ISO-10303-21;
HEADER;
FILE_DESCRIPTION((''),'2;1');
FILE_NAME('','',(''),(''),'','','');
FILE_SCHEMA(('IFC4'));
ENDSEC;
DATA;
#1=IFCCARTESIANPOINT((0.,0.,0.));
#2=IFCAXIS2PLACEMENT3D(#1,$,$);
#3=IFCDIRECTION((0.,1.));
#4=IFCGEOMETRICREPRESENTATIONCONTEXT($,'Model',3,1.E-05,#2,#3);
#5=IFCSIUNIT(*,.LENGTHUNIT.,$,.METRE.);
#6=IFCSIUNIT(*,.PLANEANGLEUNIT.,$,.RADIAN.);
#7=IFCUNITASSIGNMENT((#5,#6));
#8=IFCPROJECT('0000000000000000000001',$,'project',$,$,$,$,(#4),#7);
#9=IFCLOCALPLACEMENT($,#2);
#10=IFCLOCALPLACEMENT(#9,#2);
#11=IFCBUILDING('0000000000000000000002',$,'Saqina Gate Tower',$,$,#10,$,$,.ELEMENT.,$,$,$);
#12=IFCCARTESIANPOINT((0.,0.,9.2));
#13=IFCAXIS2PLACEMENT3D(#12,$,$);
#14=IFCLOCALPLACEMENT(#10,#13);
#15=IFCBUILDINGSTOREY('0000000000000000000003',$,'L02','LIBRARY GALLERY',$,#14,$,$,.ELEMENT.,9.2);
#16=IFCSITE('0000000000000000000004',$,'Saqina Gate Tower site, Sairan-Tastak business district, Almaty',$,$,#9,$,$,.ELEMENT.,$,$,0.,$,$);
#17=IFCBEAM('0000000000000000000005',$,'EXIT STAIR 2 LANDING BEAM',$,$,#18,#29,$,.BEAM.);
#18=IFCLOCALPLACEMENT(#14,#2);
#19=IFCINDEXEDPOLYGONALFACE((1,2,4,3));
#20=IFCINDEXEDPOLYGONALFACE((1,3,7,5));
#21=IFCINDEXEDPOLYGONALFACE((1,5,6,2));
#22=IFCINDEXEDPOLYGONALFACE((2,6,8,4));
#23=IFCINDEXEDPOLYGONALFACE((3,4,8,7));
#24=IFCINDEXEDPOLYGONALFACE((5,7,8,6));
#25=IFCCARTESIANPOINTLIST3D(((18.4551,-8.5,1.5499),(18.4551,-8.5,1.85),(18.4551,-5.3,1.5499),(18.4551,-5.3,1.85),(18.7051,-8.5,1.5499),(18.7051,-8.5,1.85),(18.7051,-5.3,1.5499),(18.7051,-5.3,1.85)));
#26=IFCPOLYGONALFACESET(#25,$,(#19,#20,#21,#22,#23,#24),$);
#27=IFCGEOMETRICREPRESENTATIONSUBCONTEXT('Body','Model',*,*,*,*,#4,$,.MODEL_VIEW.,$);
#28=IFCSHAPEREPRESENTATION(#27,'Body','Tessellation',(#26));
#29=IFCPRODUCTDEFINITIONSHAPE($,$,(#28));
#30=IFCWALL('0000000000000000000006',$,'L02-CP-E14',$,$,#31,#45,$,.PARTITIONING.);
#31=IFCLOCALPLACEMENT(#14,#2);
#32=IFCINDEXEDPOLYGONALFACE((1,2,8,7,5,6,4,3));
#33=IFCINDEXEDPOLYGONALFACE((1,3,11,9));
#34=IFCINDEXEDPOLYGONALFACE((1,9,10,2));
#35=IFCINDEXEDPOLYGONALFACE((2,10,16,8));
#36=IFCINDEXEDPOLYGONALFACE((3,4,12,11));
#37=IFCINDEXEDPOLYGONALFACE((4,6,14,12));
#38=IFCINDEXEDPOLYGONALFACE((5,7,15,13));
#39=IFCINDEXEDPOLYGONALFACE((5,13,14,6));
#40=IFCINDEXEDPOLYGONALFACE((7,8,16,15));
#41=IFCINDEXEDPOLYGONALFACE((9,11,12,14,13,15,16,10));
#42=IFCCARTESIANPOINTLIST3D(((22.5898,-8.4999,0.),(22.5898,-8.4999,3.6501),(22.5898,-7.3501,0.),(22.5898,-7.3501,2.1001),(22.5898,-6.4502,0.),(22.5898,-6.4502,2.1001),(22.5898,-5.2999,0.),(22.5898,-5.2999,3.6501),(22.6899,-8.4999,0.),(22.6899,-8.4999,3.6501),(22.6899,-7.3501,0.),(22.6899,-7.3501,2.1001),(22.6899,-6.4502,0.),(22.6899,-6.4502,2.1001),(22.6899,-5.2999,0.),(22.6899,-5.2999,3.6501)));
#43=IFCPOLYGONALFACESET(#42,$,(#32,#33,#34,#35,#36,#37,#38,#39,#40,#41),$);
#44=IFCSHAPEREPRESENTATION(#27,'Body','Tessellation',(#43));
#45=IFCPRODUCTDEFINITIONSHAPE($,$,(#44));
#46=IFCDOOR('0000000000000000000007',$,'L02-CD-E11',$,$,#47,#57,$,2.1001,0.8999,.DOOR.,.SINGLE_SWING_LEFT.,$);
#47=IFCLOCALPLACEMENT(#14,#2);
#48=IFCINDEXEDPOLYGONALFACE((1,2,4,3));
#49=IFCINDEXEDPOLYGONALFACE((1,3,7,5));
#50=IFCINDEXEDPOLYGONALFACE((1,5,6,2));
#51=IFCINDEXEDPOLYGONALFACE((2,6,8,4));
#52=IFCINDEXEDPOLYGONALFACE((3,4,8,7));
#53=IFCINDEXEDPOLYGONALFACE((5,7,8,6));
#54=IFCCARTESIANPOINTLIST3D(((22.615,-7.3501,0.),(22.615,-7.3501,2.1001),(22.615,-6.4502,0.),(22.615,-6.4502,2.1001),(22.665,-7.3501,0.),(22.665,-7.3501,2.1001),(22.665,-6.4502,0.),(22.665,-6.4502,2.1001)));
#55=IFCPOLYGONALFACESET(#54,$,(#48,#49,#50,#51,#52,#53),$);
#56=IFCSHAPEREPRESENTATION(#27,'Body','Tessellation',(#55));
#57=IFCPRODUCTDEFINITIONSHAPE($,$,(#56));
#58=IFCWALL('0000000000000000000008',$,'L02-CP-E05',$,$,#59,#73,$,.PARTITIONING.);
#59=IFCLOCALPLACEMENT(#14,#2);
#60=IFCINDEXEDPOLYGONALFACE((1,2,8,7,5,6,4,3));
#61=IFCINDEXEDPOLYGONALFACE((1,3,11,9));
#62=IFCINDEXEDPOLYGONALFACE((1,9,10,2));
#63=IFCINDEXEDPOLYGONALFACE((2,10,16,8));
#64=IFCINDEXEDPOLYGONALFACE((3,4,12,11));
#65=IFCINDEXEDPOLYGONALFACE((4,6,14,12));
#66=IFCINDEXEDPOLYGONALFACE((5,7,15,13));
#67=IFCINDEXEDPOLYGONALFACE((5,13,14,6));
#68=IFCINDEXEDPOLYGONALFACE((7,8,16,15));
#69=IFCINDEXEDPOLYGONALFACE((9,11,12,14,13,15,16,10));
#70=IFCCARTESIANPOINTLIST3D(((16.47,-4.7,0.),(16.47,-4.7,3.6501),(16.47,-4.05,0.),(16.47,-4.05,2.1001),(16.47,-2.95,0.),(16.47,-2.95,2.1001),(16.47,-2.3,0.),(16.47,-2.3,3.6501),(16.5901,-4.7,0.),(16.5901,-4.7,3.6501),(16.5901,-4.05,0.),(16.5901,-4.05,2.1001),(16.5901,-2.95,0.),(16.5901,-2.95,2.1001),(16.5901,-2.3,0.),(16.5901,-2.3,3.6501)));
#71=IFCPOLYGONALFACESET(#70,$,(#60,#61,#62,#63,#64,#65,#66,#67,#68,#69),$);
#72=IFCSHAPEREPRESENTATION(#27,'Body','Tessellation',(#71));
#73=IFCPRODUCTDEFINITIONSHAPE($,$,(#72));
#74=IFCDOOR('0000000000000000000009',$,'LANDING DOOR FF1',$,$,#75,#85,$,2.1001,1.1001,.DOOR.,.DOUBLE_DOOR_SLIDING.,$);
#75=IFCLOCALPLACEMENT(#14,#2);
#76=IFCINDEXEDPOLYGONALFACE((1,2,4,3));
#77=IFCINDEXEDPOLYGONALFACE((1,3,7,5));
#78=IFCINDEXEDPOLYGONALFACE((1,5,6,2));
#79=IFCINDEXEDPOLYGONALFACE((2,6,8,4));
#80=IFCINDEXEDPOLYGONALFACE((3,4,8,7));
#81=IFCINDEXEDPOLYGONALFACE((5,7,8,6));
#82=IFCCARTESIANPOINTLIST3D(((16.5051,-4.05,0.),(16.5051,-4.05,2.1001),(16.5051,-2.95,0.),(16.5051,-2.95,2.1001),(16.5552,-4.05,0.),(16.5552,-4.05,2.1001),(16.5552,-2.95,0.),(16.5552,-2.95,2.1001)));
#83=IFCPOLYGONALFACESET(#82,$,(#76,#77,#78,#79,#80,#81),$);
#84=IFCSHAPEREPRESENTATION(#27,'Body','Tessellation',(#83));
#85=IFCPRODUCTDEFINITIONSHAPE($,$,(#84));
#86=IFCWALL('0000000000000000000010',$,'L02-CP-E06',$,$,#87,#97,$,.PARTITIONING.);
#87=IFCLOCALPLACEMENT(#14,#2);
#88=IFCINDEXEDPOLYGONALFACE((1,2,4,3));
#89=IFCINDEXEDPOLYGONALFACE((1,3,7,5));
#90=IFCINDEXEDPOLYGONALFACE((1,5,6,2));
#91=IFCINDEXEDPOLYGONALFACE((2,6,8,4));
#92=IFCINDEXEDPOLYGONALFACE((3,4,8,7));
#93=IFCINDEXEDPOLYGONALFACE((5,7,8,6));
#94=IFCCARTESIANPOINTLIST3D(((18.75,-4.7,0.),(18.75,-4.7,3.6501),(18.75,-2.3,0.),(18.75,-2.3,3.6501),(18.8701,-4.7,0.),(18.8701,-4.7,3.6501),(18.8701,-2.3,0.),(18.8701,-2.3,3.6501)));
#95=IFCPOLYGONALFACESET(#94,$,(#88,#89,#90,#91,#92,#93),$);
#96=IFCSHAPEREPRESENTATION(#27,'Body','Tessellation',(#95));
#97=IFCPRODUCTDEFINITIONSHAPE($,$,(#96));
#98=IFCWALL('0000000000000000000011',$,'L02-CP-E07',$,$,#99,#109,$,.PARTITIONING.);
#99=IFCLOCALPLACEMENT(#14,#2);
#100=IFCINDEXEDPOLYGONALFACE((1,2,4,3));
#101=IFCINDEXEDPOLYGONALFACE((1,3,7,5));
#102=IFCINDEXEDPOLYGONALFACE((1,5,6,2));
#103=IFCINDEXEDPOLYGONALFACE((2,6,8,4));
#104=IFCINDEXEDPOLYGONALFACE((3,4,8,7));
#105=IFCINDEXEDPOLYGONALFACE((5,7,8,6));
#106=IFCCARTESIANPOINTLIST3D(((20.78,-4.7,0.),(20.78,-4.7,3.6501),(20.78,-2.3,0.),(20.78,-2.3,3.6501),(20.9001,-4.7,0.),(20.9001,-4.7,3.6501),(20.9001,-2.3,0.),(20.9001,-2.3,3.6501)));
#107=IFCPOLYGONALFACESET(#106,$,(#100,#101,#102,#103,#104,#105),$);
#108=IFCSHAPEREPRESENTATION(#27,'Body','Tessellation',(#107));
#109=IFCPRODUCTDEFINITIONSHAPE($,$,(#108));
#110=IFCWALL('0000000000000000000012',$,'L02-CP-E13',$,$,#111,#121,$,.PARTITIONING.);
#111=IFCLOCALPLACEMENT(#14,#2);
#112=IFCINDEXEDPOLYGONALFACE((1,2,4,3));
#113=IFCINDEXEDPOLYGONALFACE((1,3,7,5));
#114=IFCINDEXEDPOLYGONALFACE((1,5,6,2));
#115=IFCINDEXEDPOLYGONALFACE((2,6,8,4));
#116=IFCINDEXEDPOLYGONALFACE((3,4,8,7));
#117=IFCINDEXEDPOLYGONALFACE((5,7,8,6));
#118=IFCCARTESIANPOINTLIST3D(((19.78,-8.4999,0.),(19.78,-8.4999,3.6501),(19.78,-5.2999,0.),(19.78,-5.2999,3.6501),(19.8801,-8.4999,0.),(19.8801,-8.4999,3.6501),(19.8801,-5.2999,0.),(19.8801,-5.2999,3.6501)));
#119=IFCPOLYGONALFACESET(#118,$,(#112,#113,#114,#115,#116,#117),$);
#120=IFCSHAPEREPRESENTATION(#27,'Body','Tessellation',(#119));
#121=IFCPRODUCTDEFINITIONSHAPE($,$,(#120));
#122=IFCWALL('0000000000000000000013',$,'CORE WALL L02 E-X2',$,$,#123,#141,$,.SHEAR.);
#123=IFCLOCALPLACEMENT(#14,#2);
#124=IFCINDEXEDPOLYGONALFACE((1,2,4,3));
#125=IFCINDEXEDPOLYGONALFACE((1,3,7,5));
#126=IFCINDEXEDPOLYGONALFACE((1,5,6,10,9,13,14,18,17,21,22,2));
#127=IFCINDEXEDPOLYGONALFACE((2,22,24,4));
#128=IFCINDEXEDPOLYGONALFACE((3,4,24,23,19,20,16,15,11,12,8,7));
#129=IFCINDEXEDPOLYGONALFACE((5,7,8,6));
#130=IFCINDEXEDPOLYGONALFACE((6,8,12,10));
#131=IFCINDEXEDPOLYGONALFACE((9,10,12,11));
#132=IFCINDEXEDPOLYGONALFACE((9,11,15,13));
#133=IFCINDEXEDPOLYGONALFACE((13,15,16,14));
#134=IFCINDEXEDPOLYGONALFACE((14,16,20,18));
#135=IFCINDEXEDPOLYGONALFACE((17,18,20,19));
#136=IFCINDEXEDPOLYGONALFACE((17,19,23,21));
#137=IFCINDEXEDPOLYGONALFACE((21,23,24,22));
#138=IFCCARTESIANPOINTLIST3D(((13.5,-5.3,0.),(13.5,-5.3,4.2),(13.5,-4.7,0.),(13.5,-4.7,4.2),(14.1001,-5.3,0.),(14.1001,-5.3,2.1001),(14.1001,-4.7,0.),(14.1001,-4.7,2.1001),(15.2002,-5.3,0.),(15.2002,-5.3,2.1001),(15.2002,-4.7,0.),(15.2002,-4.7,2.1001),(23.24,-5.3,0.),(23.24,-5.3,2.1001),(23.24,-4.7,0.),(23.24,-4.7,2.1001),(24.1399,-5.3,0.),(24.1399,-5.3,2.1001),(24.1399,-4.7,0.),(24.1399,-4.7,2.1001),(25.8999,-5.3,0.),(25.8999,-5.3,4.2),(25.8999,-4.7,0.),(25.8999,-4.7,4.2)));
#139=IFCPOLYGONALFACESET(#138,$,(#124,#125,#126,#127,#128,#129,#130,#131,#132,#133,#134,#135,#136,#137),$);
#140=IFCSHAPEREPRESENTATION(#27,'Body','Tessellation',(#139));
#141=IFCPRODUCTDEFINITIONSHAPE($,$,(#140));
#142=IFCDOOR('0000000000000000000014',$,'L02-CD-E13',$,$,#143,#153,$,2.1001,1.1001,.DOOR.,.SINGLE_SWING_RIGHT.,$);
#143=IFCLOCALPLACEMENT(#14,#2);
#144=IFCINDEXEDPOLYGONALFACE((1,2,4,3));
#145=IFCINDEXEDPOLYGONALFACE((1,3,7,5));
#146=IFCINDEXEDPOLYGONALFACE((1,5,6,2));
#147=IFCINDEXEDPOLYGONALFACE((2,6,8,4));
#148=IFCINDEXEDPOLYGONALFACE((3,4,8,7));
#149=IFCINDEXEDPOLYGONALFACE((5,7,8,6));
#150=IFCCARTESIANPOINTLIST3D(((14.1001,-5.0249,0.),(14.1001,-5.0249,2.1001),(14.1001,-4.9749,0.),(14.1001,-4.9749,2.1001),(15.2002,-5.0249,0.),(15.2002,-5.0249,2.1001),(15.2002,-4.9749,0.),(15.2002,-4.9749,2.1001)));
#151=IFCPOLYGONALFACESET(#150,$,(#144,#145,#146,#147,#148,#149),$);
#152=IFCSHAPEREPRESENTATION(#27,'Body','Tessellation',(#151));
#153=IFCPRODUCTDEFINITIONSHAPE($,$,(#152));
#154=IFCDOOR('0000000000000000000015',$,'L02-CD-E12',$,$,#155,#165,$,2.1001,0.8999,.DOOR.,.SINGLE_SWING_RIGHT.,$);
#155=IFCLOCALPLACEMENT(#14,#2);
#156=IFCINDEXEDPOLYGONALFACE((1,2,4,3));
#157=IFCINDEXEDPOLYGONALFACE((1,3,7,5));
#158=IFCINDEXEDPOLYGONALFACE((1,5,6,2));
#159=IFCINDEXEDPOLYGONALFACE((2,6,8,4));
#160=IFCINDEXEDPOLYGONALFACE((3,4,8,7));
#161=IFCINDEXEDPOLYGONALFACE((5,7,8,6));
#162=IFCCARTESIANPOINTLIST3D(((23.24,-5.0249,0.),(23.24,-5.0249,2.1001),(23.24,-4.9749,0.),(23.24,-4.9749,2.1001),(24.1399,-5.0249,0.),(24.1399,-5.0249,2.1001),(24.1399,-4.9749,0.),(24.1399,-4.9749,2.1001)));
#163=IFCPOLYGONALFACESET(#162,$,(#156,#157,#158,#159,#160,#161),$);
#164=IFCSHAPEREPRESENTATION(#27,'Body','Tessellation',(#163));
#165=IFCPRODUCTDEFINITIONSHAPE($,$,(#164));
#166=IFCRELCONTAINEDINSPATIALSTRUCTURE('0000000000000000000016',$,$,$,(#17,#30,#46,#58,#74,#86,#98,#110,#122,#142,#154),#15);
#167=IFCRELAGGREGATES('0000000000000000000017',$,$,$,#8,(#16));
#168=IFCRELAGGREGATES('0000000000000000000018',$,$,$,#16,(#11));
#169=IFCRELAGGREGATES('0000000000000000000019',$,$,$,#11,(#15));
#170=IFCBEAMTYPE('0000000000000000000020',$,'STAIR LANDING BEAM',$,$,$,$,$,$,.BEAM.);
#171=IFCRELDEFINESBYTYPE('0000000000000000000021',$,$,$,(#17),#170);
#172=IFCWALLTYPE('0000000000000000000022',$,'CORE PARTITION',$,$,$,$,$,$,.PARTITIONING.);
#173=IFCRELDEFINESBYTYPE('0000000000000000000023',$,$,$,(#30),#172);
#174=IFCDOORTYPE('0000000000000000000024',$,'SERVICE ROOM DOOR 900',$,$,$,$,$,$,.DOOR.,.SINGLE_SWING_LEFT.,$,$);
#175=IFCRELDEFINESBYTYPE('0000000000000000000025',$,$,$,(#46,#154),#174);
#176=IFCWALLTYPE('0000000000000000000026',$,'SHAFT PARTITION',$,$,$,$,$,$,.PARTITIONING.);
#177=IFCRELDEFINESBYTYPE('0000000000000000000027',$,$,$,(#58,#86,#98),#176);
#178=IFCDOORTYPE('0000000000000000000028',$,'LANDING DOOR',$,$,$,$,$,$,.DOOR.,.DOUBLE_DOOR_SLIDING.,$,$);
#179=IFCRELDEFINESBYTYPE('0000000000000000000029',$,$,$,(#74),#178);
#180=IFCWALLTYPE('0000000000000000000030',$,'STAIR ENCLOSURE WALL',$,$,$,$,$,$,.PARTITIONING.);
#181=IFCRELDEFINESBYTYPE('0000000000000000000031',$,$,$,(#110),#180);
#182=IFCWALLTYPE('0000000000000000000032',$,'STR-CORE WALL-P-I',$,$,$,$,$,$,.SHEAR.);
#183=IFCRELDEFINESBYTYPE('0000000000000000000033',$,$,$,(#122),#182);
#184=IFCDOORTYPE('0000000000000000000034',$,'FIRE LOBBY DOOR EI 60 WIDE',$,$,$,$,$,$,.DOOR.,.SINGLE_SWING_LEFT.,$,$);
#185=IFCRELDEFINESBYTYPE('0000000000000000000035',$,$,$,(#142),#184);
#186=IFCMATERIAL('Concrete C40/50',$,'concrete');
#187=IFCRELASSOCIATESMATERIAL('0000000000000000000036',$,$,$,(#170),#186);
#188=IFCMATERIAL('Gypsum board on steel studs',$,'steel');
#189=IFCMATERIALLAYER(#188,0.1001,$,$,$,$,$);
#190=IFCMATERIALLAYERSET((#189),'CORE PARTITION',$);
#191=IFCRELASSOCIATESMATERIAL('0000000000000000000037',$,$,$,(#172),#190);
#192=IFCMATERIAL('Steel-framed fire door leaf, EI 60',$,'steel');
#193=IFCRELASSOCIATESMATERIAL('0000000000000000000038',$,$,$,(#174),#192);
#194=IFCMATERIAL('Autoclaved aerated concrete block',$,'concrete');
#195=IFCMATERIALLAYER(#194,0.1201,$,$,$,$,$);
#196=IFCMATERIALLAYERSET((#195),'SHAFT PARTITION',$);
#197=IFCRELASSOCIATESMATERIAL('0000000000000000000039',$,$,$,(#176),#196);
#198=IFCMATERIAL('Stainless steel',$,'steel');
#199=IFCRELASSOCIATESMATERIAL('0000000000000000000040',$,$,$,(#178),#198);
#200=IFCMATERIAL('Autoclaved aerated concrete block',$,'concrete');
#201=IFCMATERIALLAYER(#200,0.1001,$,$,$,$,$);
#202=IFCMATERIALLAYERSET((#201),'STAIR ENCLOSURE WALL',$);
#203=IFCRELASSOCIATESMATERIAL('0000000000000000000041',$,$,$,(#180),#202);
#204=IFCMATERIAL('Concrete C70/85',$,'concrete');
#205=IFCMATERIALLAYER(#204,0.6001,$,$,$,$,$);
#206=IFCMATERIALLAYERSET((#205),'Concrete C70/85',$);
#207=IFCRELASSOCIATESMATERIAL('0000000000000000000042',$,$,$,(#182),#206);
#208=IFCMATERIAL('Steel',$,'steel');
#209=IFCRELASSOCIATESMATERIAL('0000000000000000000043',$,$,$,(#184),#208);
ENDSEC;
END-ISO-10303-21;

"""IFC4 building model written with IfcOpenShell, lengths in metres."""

from ifc_helpers import new_model, si_unit, direction, frame, frame_2d, origin, origin_2d, place, context, subcontext, project, spatial, rectangle, extrude, material, layer, layer_set, material_profile, profile_set, type_object, element, fill, save


model = new_model("IFC4")

# Units and contexts
model_context = context("Model", 3, precision=1e-05, world=origin(), true_north=direction((0.0, 1.0)))
body_context = subcontext(model_context, "Body", "Model", "MODEL_VIEW")
ifc_project = project(units=[si_unit("LENGTHUNIT", "METRE"), si_unit("PLANEANGLEUNIT", "RADIAN")], contexts=[model_context])

# Site, building, storey
site_placement = place(None, origin())
site = spatial("IfcSite", under=ifc_project, at=site_placement, Name="Saqina Gate Tower site, Sairan-Tastak business district, Almaty", CompositionType="ELEMENT", RefElevation=0.0)
building_placement = place(site_placement, origin())
building = spatial("IfcBuilding", under=site, at=building_placement, Name="Saqina Gate Tower", CompositionType="ELEMENT")
storey_placement = place(building_placement, frame((0.0, 0.0, 9.2)))
storey = spatial("IfcBuildingStorey", under=building, at=storey_placement, Name="L02", Description="LIBRARY GALLERY", CompositionType="ELEMENT", Elevation=9.2)

# Beam
ifc_material_1 = material(Name="Concrete C40/50", Category="concrete")
ifc_material_profile = material_profile(ifc_material_1, rectangle(XDim=0.25, YDim=0.3, at=origin_2d()), Name="STAIR LANDING BEAM")
ifc_profile_set = profile_set([ifc_material_profile], Name="Concrete C40/50")
beam_type = type_object("IfcBeamType", Name="STAIR LANDING BEAM", PredefinedType="BEAM", material=ifc_profile_set)
beam_placement = place(storey_placement, frame((18.5801, -8.5, 1.7), z_axis=(0.0, 1.0, 0.0), x_axis=(-1.0, 0.0, 0.0)))
element("IfcBeam", 1, at=beam_placement, inside=storey, type_object=beam_type, Name="EXIT STAIR 2 LANDING BEAM", PredefinedType="BEAM", context=body_context, shape_type="SweptSolid", body=[
    extrude(rectangle(XDim=0.25, YDim=0.3, at=origin_2d()), origin(), (0.0, 0.0, 1.0), 3.2),
])

# Walls, openings, doors
ifc_material_2 = material(Name="Gypsum board on steel studs", Category="steel")
ifc_layer_1 = layer(ifc_material_2, 0.1001)
ifc_layer_set_1 = layer_set([ifc_layer_1], Name="CORE PARTITION")
wall_type_1 = type_object("IfcWallType", Name="CORE PARTITION", PredefinedType="PARTITIONING", material=ifc_layer_set_1)
wall_1_placement = place(storey_placement, frame((22.6399, -8.5, 0.0), z_axis=(0.0, 0.0, 1.0), x_axis=(0.0, 1.0, 0.0)))
wall_1 = element("IfcWall", 2, at=wall_1_placement, inside=storey, type_object=wall_type_1, Name="L02-CP-E14", PredefinedType="PARTITIONING", context=body_context, shape_type="SweptSolid", body=[
    extrude(rectangle(XDim=3.2, YDim=0.1001, at=frame_2d((1.6001, 0.0))), origin(), (0.0, 0.0, 1.0), 3.6501),
])
opening_1_placement = place(wall_1_placement, frame((1.1499, 0.0, 0.0)))
opening_1 = element("IfcOpeningElement", 3, at=opening_1_placement, cuts=wall_1, PredefinedType="OPENING", context=body_context, shape_type="SweptSolid", body=[
    extrude(rectangle(XDim=0.8999, YDim=2.1001, at=frame_2d((0.45, 1.05))), frame((0.0, 0.062, 0.0), z_axis=(0.0, -1.0, 0.0), x_axis=(1.0, 0.0, 0.0)), (0.0, 0.0, 1.0), 0.124),
])
ifc_material_3 = material(Name="Steel-framed fire door leaf, EI 60", Category="steel")
door_type_1 = type_object("IfcDoorType", Name="SERVICE ROOM DOOR 900", OperationType="SINGLE_SWING_LEFT", PredefinedType="DOOR", material=ifc_material_3)
door_1_placement = place(opening_1_placement, origin())
door_1 = element("IfcDoor", 4, at=door_1_placement, inside=storey, type_object=door_type_1, Name="L02-CD-E11", OperationType="SINGLE_SWING_LEFT", OverallHeight=2.1001, OverallWidth=0.8999, PredefinedType="DOOR", context=body_context, shape_type="SweptSolid", body=[
    extrude(rectangle(XDim=0.8999, YDim=2.1001, at=frame_2d((0.45, 1.05))), frame((0.0, 0.0249, 0.0), z_axis=(0.0, -1.0, 0.0), x_axis=(1.0, 0.0, 0.0)), (0.0, 0.0, 1.0), 0.05),
])
fill(opening_1, door_1)
ifc_material_4 = material(Name="Autoclaved aerated concrete block", Category="concrete")
ifc_layer_2 = layer(ifc_material_4, 0.1201)
ifc_layer_set_2 = layer_set([ifc_layer_2], Name="SHAFT PARTITION")
wall_type_2 = type_object("IfcWallType", Name="SHAFT PARTITION", PredefinedType="PARTITIONING", material=ifc_layer_set_2)
wall_2_placement = place(storey_placement, frame((16.53, -4.7, 0.0), z_axis=(0.0, 0.0, 1.0), x_axis=(0.0, 1.0, 0.0)))
wall_2 = element("IfcWall", 5, at=wall_2_placement, inside=storey, type_object=wall_type_2, Name="L02-CP-E05", PredefinedType="PARTITIONING", context=body_context, shape_type="SweptSolid", body=[
    extrude(rectangle(XDim=2.3999, YDim=0.1201, at=frame_2d((1.2, 0.0))), origin(), (0.0, 0.0, 1.0), 3.6501),
])
opening_2_placement = place(wall_2_placement, frame((0.6499, 0.0, 0.0)))
opening_2 = element("IfcOpeningElement", 6, at=opening_2_placement, cuts=wall_2, PredefinedType="OPENING", context=body_context, shape_type="SweptSolid", body=[
    extrude(rectangle(XDim=1.1001, YDim=2.1001, at=frame_2d((0.55, 1.05))), frame((0.0, 0.072, 0.0), z_axis=(0.0, -1.0, 0.0), x_axis=(1.0, 0.0, 0.0)), (0.0, 0.0, 1.0), 0.144),
])
ifc_material_5 = material(Name="Stainless steel", Category="steel")
door_type_2 = type_object("IfcDoorType", Name="LANDING DOOR", OperationType="DOUBLE_DOOR_SLIDING", PredefinedType="DOOR", material=ifc_material_5)
door_2_placement = place(opening_2_placement, origin())
door_2 = element("IfcDoor", 7, at=door_2_placement, inside=storey, type_object=door_type_2, Name="LANDING DOOR FF1", OperationType="DOUBLE_DOOR_SLIDING", OverallHeight=2.1001, OverallWidth=1.1001, PredefinedType="DOOR", context=body_context, shape_type="SweptSolid", body=[
    extrude(rectangle(XDim=1.1001, YDim=2.1001, at=frame_2d((0.55, 1.05))), frame((0.0, 0.0249, 0.0), z_axis=(0.0, -1.0, 0.0), x_axis=(1.0, 0.0, 0.0)), (0.0, 0.0, 1.0), 0.05),
])
fill(opening_2, door_2)

# Walls
for number, where, z_axis, x_axis, name in (
    (8, (18.8101, -4.7, 0.0), (0.0, 0.0, 1.0), (0.0, 1.0, 0.0), "L02-CP-E06"),
    (9, (20.8401, -4.7, 0.0), (0.0, 0.0, 1.0), (0.0, 1.0, 0.0), "L02-CP-E07"),
):
    element("IfcWall", number, at=place(storey_placement, frame(where, z_axis=z_axis, x_axis=x_axis)), inside=storey, type_object=wall_type_2, Name=name, PredefinedType="PARTITIONING", context=body_context, shape_type="SweptSolid", body=[
        extrude(rectangle(XDim=2.3999, YDim=0.1201, at=frame_2d((1.2, 0.0))), origin(), (0.0, 0.0, 1.0), 3.6501),
    ])
ifc_material_6 = material(Name="Autoclaved aerated concrete block", Category="concrete")
ifc_layer_3 = layer(ifc_material_6, 0.1001)
ifc_layer_set_3 = layer_set([ifc_layer_3], Name="STAIR ENCLOSURE WALL")
wall_type_3 = type_object("IfcWallType", Name="STAIR ENCLOSURE WALL", PredefinedType="PARTITIONING", material=ifc_layer_set_3)
wall_3_placement = place(storey_placement, frame((19.8301, -8.5, 0.0), z_axis=(0.0, 0.0, 1.0), x_axis=(0.0, 1.0, 0.0)))
element("IfcWall", 10, at=wall_3_placement, inside=storey, type_object=wall_type_3, Name="L02-CP-E13", PredefinedType="PARTITIONING", context=body_context, shape_type="SweptSolid", body=[
    extrude(rectangle(XDim=3.2, YDim=0.1001, at=frame_2d((1.6001, 0.0))), origin(), (0.0, 0.0, 1.0), 3.6501),
])

# Wall, openings, doors
ifc_material_7 = material(Name="Concrete C70/85", Category="concrete")
ifc_layer_4 = layer(ifc_material_7, 0.6001)
ifc_layer_set_4 = layer_set([ifc_layer_4], Name="Concrete C70/85")
wall_type_4 = type_object("IfcWallType", Name="STR-CORE WALL-P-I", PredefinedType="SHEAR", material=ifc_layer_set_4)
wall_4_placement = place(storey_placement, frame((13.5, -5.0, 0.0), z_axis=(0.0, 0.0, 1.0), x_axis=(1.0, 0.0, 0.0)))
wall_4 = element("IfcWall", 11, at=wall_4_placement, inside=storey, type_object=wall_type_4, Name="CORE WALL L02 E-X2", PredefinedType="SHEAR", context=body_context, shape_type="SweptSolid", body=[
    extrude(rectangle(XDim=12.3999, YDim=0.6001, at=frame_2d((6.2, 0.0))), origin(), (0.0, 0.0, 1.0), 4.2),
])
opening_3_placement = place(wall_4_placement, frame((9.74, 0.0, 0.0)))
opening_3 = element("IfcOpeningElement", 12, at=opening_3_placement, cuts=wall_4, PredefinedType="OPENING", context=body_context, shape_type="SweptSolid", body=[
    extrude(rectangle(XDim=0.8999, YDim=2.1001, at=frame_2d((0.45, 1.05))), frame((0.0, 0.312, 0.0), z_axis=(0.0, -1.0, 0.0), x_axis=(1.0, 0.0, 0.0)), (0.0, 0.0, 1.0), 0.624),
])
opening_4_placement = place(wall_4_placement, frame((0.6001, 0.0, 0.0)))
opening_4 = element("IfcOpeningElement", 13, at=opening_4_placement, cuts=wall_4, PredefinedType="OPENING", context=body_context, shape_type="SweptSolid", body=[
    extrude(rectangle(XDim=1.1001, YDim=2.1001, at=frame_2d((0.55, 1.05))), frame((0.0, 0.312, 0.0), z_axis=(0.0, -1.0, 0.0), x_axis=(1.0, 0.0, 0.0)), (0.0, 0.0, 1.0), 0.624),
])
ifc_material_8 = material(Name="Steel", Category="steel")
door_type_3 = type_object("IfcDoorType", Name="FIRE LOBBY DOOR EI 60 WIDE", OperationType="SINGLE_SWING_LEFT", PredefinedType="DOOR", material=ifc_material_8)
door_3_placement = place(opening_4_placement, frame((1.1001, 0.0, 0.0), z_axis=(0.0, 0.0, 1.0), x_axis=(-1.0, 0.0, 0.0)))
door_3 = element("IfcDoor", 14, at=door_3_placement, inside=storey, type_object=door_type_3, Name="L02-CD-E13", OperationType="SINGLE_SWING_RIGHT", OverallHeight=2.1001, OverallWidth=1.1001, PredefinedType="DOOR", context=body_context, shape_type="SweptSolid", body=[
    extrude(rectangle(XDim=1.1001, YDim=2.1001, at=frame_2d((0.55, 1.05))), frame((0.0, 0.0249, 0.0), z_axis=(0.0, -1.0, 0.0), x_axis=(1.0, 0.0, 0.0)), (0.0, 0.0, 1.0), 0.05),
])
fill(opening_4, door_3)
door_4_placement = place(opening_3_placement, frame((0.8999, 0.0, 0.0), z_axis=(0.0, 0.0, 1.0), x_axis=(-1.0, 0.0, 0.0)))
door_4 = element("IfcDoor", 15, at=door_4_placement, inside=storey, type_object=door_type_1, Name="L02-CD-E12", OperationType="SINGLE_SWING_RIGHT", OverallHeight=2.1001, OverallWidth=0.8999, PredefinedType="DOOR", context=body_context, shape_type="SweptSolid", body=[
    extrude(rectangle(XDim=0.8999, YDim=2.1001, at=frame_2d((0.45, 1.05))), frame((0.0, 0.0249, 0.0), z_axis=(0.0, -1.0, 0.0), x_axis=(1.0, 0.0, 0.0)), (0.0, 0.0, 1.0), 0.05),
])
fill(opening_3, door_4)

save(model, "model.ifc")
